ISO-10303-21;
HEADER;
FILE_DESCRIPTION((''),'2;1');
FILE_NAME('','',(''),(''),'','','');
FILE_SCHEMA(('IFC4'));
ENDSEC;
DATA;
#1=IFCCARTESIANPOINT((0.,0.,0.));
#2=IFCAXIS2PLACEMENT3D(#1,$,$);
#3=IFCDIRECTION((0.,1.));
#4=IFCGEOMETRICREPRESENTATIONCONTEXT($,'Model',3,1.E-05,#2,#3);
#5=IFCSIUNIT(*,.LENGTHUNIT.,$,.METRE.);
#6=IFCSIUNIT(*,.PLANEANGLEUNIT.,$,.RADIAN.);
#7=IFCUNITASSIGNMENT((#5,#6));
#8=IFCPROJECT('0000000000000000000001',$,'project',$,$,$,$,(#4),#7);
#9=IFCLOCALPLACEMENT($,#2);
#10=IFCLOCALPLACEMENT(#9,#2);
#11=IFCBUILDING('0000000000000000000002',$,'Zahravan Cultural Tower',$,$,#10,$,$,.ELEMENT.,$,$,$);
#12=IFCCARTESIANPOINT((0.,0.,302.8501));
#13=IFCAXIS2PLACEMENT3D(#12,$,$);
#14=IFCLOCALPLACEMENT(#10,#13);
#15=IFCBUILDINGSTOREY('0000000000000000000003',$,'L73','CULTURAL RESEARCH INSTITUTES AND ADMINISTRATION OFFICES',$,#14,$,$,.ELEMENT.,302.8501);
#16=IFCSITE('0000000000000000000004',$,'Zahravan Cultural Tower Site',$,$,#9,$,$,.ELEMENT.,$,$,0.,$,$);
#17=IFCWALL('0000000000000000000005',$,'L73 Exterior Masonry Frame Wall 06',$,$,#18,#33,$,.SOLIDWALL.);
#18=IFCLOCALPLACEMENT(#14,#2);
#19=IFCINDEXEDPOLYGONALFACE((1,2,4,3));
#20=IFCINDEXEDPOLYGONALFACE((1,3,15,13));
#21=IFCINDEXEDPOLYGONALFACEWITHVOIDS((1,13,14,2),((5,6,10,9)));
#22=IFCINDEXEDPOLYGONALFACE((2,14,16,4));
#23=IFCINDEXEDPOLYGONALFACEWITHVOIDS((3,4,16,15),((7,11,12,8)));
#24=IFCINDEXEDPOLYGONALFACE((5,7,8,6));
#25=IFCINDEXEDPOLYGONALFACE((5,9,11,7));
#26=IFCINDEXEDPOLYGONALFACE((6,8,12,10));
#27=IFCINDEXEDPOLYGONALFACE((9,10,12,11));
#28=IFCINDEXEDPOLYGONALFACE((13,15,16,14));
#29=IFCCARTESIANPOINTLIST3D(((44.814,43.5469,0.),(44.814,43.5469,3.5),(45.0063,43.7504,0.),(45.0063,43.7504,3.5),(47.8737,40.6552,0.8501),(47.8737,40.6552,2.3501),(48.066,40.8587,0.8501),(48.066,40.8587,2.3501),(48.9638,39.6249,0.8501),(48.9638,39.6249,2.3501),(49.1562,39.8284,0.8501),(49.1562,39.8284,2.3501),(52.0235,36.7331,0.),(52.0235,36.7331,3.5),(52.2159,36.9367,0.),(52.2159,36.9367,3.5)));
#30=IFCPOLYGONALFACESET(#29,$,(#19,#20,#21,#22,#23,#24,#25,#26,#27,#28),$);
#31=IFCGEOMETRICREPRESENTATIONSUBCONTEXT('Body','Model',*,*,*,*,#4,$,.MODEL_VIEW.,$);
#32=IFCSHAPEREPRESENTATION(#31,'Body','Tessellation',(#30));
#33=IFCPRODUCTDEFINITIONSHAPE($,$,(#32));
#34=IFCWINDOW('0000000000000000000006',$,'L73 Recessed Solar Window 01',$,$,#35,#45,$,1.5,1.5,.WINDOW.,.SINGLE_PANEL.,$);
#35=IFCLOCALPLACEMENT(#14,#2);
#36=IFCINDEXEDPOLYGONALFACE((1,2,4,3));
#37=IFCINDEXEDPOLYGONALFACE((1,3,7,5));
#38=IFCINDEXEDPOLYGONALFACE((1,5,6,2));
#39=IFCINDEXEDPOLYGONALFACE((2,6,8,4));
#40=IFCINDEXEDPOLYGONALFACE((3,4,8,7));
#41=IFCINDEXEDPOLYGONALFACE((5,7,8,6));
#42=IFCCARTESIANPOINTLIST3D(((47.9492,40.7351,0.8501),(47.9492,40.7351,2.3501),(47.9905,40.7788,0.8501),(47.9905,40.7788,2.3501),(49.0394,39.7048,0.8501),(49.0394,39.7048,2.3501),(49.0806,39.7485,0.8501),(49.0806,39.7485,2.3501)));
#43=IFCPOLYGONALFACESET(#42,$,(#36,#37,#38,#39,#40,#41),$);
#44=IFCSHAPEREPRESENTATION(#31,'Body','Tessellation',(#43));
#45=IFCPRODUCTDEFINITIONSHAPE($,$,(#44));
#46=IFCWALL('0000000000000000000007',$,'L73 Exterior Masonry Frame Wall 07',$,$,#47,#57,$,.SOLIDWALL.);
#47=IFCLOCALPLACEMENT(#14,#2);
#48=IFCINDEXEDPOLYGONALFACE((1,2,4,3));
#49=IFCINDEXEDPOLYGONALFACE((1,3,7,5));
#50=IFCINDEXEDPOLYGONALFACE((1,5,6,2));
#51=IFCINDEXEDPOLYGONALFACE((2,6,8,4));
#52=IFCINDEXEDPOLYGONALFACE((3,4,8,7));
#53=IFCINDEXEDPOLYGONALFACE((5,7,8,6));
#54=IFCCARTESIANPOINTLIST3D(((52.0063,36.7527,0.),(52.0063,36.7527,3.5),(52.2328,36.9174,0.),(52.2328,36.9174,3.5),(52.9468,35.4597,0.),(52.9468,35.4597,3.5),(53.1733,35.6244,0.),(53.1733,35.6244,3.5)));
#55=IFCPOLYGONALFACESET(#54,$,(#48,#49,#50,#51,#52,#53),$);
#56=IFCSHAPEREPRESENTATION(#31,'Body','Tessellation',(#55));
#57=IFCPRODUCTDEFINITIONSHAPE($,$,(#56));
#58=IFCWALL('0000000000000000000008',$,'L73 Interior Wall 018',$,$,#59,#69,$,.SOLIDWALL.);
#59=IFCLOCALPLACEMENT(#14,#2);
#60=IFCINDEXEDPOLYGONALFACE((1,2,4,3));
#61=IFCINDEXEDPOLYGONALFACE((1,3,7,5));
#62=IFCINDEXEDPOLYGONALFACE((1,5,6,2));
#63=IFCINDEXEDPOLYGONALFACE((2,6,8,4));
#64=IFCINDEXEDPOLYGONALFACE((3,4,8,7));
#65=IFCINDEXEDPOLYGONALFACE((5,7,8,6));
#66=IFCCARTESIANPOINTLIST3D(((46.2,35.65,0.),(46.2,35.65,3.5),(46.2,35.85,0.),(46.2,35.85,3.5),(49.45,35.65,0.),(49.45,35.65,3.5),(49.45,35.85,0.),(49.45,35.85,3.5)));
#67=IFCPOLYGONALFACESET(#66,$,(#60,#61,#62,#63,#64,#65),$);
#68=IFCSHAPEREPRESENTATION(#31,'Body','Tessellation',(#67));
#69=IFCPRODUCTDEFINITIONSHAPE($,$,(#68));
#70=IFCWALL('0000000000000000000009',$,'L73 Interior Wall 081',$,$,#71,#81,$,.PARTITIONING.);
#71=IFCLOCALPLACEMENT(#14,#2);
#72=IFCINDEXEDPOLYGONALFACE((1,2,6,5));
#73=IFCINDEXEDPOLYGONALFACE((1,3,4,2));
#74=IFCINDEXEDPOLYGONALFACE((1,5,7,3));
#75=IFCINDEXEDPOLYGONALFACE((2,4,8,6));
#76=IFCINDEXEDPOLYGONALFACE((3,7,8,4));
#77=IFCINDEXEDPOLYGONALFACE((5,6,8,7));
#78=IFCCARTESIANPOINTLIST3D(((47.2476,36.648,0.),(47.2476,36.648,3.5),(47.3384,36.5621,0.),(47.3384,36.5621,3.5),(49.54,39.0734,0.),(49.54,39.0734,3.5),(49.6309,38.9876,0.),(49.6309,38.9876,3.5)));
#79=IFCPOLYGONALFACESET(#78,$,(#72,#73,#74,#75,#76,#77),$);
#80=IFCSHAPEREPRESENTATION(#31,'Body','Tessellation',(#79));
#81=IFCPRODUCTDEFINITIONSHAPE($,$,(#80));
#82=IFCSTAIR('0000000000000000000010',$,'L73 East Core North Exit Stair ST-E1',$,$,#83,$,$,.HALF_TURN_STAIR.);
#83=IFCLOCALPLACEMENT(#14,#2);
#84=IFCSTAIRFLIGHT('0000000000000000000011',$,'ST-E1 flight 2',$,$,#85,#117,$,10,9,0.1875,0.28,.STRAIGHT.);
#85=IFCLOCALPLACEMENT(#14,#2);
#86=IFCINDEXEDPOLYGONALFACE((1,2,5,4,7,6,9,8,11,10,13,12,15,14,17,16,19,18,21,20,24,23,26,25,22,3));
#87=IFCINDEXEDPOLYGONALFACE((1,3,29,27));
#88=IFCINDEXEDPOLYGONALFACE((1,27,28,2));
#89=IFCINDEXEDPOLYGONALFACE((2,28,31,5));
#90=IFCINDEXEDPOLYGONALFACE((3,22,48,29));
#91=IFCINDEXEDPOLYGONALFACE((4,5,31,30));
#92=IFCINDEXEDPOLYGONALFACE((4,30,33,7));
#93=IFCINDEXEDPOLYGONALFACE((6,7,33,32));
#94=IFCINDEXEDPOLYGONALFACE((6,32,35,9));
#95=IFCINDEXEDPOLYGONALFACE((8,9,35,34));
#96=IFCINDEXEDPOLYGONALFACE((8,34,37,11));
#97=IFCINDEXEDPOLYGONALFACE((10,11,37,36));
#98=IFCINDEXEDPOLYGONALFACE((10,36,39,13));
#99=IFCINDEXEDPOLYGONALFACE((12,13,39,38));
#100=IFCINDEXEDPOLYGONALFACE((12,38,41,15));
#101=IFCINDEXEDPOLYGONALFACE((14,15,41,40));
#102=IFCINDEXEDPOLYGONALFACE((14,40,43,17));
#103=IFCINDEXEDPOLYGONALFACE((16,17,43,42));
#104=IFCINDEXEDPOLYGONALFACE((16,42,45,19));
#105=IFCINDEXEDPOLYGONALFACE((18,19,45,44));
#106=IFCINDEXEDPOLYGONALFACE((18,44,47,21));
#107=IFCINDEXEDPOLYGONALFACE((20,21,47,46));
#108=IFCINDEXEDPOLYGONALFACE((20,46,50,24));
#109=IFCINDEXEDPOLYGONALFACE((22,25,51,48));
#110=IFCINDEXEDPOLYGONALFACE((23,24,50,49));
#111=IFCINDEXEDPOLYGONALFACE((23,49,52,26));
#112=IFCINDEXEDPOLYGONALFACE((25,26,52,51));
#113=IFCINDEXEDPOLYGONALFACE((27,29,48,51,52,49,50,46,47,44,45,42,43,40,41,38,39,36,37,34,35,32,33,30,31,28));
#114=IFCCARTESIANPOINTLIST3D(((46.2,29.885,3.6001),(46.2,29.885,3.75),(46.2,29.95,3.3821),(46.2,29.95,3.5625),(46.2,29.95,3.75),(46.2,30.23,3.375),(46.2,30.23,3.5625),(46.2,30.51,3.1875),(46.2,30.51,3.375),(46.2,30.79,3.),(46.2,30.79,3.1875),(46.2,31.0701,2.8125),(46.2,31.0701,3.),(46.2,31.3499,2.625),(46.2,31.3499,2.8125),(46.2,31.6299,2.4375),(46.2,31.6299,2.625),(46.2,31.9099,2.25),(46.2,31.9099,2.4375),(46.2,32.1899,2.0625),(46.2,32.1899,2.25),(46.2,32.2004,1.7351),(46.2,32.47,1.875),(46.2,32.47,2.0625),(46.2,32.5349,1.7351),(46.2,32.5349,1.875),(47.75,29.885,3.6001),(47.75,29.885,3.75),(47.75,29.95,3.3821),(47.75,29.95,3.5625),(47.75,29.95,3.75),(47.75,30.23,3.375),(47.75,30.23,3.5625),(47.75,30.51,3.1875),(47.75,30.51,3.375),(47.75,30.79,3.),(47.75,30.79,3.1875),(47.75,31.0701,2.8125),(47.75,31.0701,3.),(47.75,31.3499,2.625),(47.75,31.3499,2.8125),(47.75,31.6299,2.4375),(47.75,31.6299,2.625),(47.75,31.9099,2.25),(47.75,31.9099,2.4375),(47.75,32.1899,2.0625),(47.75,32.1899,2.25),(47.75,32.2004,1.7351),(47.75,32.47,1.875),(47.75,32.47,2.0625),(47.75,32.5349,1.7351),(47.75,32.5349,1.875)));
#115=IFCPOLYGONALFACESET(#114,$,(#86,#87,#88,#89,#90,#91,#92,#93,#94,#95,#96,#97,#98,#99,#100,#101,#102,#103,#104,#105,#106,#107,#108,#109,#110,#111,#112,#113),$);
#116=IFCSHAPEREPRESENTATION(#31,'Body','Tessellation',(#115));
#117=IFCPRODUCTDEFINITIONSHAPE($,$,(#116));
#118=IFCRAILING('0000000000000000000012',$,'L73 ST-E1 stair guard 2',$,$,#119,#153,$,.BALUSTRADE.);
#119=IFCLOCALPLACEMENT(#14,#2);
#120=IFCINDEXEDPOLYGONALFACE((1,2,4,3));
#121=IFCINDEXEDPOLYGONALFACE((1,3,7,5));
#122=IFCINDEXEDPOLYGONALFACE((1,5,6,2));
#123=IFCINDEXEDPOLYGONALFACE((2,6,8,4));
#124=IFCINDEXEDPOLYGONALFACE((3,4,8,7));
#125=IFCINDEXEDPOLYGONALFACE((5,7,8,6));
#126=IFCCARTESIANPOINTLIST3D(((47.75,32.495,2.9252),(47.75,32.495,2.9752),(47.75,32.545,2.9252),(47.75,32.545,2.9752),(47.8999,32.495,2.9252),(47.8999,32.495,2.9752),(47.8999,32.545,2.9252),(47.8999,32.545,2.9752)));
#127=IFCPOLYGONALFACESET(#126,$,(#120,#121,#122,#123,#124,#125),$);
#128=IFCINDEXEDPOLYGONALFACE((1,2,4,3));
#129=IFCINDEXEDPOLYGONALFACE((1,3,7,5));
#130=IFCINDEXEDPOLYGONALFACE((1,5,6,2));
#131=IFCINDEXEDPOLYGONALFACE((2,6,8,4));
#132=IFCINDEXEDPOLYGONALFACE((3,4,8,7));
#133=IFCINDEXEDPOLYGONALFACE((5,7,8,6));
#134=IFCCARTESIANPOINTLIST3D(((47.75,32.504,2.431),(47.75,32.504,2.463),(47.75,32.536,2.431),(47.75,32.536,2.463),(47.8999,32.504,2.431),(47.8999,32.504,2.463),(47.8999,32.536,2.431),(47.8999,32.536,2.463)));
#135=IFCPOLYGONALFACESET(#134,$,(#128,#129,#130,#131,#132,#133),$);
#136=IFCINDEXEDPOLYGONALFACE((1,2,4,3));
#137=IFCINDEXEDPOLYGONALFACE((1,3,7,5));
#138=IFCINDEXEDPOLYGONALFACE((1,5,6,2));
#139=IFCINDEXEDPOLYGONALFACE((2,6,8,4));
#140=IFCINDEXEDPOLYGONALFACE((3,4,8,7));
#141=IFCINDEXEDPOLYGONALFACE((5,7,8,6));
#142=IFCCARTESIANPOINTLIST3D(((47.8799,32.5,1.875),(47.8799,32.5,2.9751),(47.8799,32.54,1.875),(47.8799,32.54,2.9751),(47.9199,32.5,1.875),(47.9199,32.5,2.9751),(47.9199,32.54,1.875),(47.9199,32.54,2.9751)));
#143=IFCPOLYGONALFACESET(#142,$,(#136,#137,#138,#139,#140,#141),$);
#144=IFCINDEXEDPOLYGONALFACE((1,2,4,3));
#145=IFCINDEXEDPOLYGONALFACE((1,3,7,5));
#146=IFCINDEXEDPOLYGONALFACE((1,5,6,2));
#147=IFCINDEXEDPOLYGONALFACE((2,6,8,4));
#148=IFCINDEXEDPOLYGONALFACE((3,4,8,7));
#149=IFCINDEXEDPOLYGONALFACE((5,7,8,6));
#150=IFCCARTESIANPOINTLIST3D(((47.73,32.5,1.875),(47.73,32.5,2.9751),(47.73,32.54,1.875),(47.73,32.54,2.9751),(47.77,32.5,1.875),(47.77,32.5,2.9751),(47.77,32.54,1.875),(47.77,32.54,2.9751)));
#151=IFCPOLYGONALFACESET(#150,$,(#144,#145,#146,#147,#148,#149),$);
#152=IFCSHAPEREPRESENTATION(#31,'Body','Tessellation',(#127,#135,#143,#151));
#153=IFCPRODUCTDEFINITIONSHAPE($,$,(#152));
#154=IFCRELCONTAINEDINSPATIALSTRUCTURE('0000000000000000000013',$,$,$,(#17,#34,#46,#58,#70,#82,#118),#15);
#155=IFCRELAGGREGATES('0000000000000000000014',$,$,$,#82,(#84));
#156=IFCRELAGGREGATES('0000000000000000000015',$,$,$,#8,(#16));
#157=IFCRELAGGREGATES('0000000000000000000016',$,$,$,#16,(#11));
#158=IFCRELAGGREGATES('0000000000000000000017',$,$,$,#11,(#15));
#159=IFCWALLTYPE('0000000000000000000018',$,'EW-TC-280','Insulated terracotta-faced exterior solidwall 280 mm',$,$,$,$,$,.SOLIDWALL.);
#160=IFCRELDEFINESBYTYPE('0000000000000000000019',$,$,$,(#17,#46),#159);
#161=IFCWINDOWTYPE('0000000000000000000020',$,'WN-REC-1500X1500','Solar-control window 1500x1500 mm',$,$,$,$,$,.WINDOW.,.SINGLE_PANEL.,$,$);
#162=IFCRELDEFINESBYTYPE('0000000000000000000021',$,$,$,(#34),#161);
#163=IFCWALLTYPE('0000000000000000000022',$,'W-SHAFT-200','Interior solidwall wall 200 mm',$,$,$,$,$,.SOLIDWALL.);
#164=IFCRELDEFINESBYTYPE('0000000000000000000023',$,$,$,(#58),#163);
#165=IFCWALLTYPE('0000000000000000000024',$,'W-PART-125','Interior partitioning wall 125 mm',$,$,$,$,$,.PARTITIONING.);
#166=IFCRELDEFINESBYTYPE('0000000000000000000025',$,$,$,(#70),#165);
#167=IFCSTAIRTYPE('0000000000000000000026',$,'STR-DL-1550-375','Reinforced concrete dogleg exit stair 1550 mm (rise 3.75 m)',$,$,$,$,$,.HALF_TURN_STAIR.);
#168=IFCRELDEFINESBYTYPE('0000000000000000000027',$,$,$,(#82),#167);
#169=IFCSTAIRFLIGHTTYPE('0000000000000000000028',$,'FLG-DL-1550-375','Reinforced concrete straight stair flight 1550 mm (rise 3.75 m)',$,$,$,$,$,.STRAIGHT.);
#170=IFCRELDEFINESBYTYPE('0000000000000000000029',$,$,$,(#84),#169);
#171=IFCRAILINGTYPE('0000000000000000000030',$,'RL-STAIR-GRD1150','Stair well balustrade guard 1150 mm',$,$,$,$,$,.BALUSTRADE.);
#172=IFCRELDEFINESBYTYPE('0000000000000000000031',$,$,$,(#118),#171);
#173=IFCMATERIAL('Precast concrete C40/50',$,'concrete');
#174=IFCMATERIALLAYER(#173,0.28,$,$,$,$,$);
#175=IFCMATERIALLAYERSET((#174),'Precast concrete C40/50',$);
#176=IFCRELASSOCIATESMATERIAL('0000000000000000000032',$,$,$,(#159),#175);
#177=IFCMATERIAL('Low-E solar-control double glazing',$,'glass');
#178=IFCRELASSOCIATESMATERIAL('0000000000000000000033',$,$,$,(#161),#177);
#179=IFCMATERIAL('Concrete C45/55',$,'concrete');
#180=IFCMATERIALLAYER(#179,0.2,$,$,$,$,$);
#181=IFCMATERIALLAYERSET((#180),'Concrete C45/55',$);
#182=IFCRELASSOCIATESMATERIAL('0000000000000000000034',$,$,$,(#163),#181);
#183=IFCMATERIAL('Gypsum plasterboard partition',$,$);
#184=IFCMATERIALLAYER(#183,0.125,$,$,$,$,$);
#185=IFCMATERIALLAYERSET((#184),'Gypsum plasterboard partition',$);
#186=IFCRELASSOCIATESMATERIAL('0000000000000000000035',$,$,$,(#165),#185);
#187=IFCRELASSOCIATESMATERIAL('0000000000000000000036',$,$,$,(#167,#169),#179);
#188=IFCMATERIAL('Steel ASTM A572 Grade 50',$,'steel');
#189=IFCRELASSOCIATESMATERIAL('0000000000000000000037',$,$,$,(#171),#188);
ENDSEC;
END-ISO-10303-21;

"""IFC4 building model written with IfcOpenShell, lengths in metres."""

from ifc_helpers import new_model, si_unit, direction, frame, frame_2d, origin, origin_2d, place, context, subcontext, project, spatial, polyline, rectangle, outline, extrude, source, transform, mapped, material, layer, layer_set, type_object, element, fill, aggregate, save


model = new_model("IFC4")

# Units and contexts
model_context = context("Model", 3, precision=1e-05, world=origin(), true_north=direction((0.0, 1.0)))
body_context = subcontext(model_context, "Body", "Model", "MODEL_VIEW")
ifc_project = project(units=[si_unit("LENGTHUNIT", "METRE"), si_unit("PLANEANGLEUNIT", "RADIAN")], contexts=[model_context])

# Site, building, storey
site_placement = place(None, origin())
site = spatial("IfcSite", under=ifc_project, at=site_placement, Name="Zahravan Cultural Tower Site", CompositionType="ELEMENT", RefElevation=0.0)
building_placement = place(site_placement, origin())
building = spatial("IfcBuilding", under=site, at=building_placement, Name="Zahravan Cultural Tower", CompositionType="ELEMENT")
storey_placement = place(building_placement, frame((0.0, 0.0, 302.8501)))
storey = spatial("IfcBuildingStorey", under=building, at=storey_placement, Name="L73", Description="CULTURAL RESEARCH INSTITUTES AND ADMINISTRATION OFFICES", CompositionType="ELEMENT", Elevation=302.8501)

# Shared definitions
ifc_material_1 = material(Name="Low-E solar-control double glazing", Category="glass")

# Wall, opening, window
ifc_material_2 = material(Name="Precast concrete C40/50", Category="concrete")
ifc_layer_1 = layer(ifc_material_2, 0.28)
ifc_layer_set_1 = layer_set([ifc_layer_1], Name="Precast concrete C40/50")
wall_type_1 = type_object("IfcWallType", Name="EW-TC-280", Description="Insulated terracotta-faced exterior solidwall 280 mm", PredefinedType="SOLIDWALL", material=ifc_layer_set_1)
wall_1_placement = place(storey_placement, frame((44.9102, 43.6487, 0.0), z_axis=(0.0, 0.0, 1.0), x_axis=(0.726773, -0.686878, 0.0)))
wall_1 = element("IfcWall", 1, at=wall_1_placement, inside=storey, type_object=wall_type_1, Name="L73 Exterior Masonry Frame Wall 06", PredefinedType="SOLIDWALL", context=body_context, shape_type="SweptSolid", body=[
    extrude(rectangle(XDim=9.9199, YDim=0.28, at=frame_2d((4.96, 0.0))), origin(), (0.0, 0.0, 1.0), 3.5),
])
opening_placement = place(wall_1_placement, frame((4.21, 0.0, 0.8501)))
opening = element("IfcOpeningElement", 2, at=opening_placement, cuts=wall_1, PredefinedType="OPENING", context=body_context, shape_type="SweptSolid", body=[
    extrude(rectangle(XDim=1.5, YDim=1.5, at=frame_2d((0.75, 0.75))), frame((0.0, 0.1499, 0.0), z_axis=(0.0, -1.0, 0.0), x_axis=(1.0, 0.0, 0.0)), (0.0, 0.0, 1.0), 0.3),
])
window_type = type_object("IfcWindowType", Name="WN-REC-1500X1500", Description="Solar-control window 1500x1500 mm", PartitioningType="SINGLE_PANEL", PredefinedType="WINDOW", material=ifc_material_1)
shared_shape_1 = source(origin(), body_context, "Body", "SweptSolid", [
    extrude(rectangle(XDim=1.5, YDim=1.5, at=frame_2d((0.75, 0.75))), frame((0.0, 0.03, 0.0), z_axis=(0.0, -1.0, 0.0), x_axis=(1.0, 0.0, 0.0)), (0.0, 0.0, 1.0), 0.0601),
])
window_placement = place(opening_placement, origin())
window = element("IfcWindow", 3, at=window_placement, inside=storey, type_object=window_type, Name="L73 Recessed Solar Window 01", OverallHeight=1.5, OverallWidth=1.5, PartitioningType="SINGLE_PANEL", PredefinedType="WINDOW", context=body_context, shape_type="MappedRepresentation", body=[
    mapped(shared_shape_1, transform((0.0, 0.0, 0.0), x_axis=(1.0, 0.0, 0.0), y_axis=(0.0, 1.0, 0.0), z_axis=(0.0, 0.0, 1.0), scale=1.0)),
])
fill(opening, window)

# Walls
shared_shape_2 = source(origin(), body_context, "Body", "SweptSolid", [
    extrude(rectangle(XDim=1.5989, YDim=0.28, at=frame_2d((0.7993, 0.0))), origin(), (0.0, 0.0, 1.0), 3.5),
])
wall_2_placement = place(storey_placement, frame((52.1196, 36.835, 0.0), z_axis=(0.0, 0.0, 1.0), x_axis=(0.588208, -0.80871, 0.0)))
element("IfcWall", 4, at=wall_2_placement, inside=storey, type_object=wall_type_1, Name="L73 Exterior Masonry Frame Wall 07", PredefinedType="SOLIDWALL", context=body_context, shape_type="MappedRepresentation", body=[
    mapped(shared_shape_2, transform((0.0, 0.0, 0.0), x_axis=(1.0, 0.0, 0.0), y_axis=(0.0, 1.0, 0.0), z_axis=(0.0, 0.0, 1.0), scale=1.0)),
])
ifc_material_3 = material(Name="Concrete C45/55", Category="concrete")
ifc_layer_2 = layer(ifc_material_3, 0.2)
ifc_layer_set_2 = layer_set([ifc_layer_2], Name="Concrete C45/55")
wall_type_2 = type_object("IfcWallType", Name="W-SHAFT-200", Description="Interior solidwall wall 200 mm", PredefinedType="SOLIDWALL", material=ifc_layer_set_2)
shared_shape_3 = source(origin(), body_context, "Body", "SweptSolid", [
    extrude(rectangle(XDim=3.25, YDim=0.2, at=frame_2d((1.625, 0.0))), origin(), (0.0, 0.0, 1.0), 3.5),
])
wall_3_placement = place(storey_placement, frame((46.2, 35.75, 0.0), z_axis=(0.0, 0.0, 1.0), x_axis=(1.0, 0.0, 0.0)))
element("IfcWall", 5, at=wall_3_placement, inside=storey, type_object=wall_type_2, Name="L73 Interior Wall 018", PredefinedType="SOLIDWALL", context=body_context, shape_type="MappedRepresentation", body=[
    mapped(shared_shape_3, transform((0.0, 0.0, 0.0), x_axis=(1.0, 0.0, 0.0), y_axis=(0.0, 1.0, 0.0), z_axis=(0.0, 0.0, 1.0), scale=1.0)),
])
ifc_material_4 = material(Name="Gypsum plasterboard partition")
ifc_layer_3 = layer(ifc_material_4, 0.125)
ifc_layer_set_3 = layer_set([ifc_layer_3], Name="Gypsum plasterboard partition")
wall_type_3 = type_object("IfcWallType", Name="W-PART-125", Description="Interior partitioning wall 125 mm", PredefinedType="PARTITIONING", material=ifc_layer_set_3)
shared_shape_4 = source(origin(), body_context, "Body", "SweptSolid", [
    extrude(rectangle(XDim=3.3374, YDim=0.125, at=frame_2d((1.6687, 0.0))), origin(), (0.0, 0.0, 1.0), 3.5),
])
wall_4_placement = place(storey_placement, frame((49.5854, 39.0305, 0.0), z_axis=(0.0, 0.0, 1.0), x_axis=(-0.686892, -0.72676, 0.0)))
element("IfcWall", 6, at=wall_4_placement, inside=storey, type_object=wall_type_3, Name="L73 Interior Wall 081", PredefinedType="PARTITIONING", context=body_context, shape_type="MappedRepresentation", body=[
    mapped(shared_shape_4, transform((0.0, 0.0, 0.0), x_axis=(1.0, 0.0, 0.0), y_axis=(0.0, 1.0, 0.0), z_axis=(0.0, 0.0, 1.0), scale=1.0)),
])

# Stair, stair flight
stair_type = type_object("IfcStairType", Name="STR-DL-1550-375", Description="Reinforced concrete dogleg exit stair 1550 mm (rise 3.75 m)", PredefinedType="HALF_TURN_STAIR", material=ifc_material_3)
stair_placement = place(storey_placement, origin())
stair = element("IfcStair", 7, at=stair_placement, inside=storey, type_object=stair_type, Name="L73 East Core North Exit Stair ST-E1", PredefinedType="HALF_TURN_STAIR")
stair_flight_type = type_object("IfcStairFlightType", Name="FLG-DL-1550-375", Description="Reinforced concrete straight stair flight 1550 mm (rise 3.75 m)", PredefinedType="STRAIGHT", material=ifc_material_3)
stair_flight_placement = place(storey_placement, frame((46.9751, 32.47, 1.875), z_axis=(0.0, 0.0, 1.0), x_axis=(0.0, -1.0, 0.0)))
stair_flight = element("IfcStairFlight", 8, at=stair_flight_placement, type_object=stair_flight_type, Name="ST-E1 flight 2", NumberOfRisers=10, NumberOfTreads=9, PredefinedType="STRAIGHT", RiserHeight=0.1875, TreadLength=0.28, context=body_context, shape_type="SweptSolid", body=[
    extrude(outline(polyline([(-0.0649, -0.1399), (-0.0649, 0.0), (0.0, 0.0), (0.0, 0.1875), (0.28, 0.1875), (0.28, 0.375), (0.5601, 0.375), (0.5601, 0.5625), (0.8401, 0.5625), (0.8401, 0.75), (1.1201, 0.75), (1.1201, 0.9375), (1.3999, 0.9375), (1.3999, 1.125), (1.6799, 1.125), (1.6799, 1.3125), (1.96, 1.3125), (1.96, 1.5), (2.24, 1.5), (2.24, 1.6875), (2.52, 1.6875), (2.52, 1.875), (2.585, 1.875), (2.585, 1.7251), (2.52, 1.5071), (0.2695, -0.1399), (-0.0649, -0.1399)])), frame((0.0, 0.7749, 0.0), z_axis=(0.0, -1.0, 0.0), x_axis=(1.0, 0.0, 0.0)), (0.0, 0.0, 1.0), 1.55),
])
aggregate(stair, [stair_flight])

# Railing
ifc_material_5 = material(Name="Steel ASTM A572 Grade 50", Category="steel")
railing_type = type_object("IfcRailingType", Name="RL-STAIR-GRD1150", Description="Stair well balustrade guard 1150 mm", PredefinedType="BALUSTRADE", material=ifc_material_5)
railing_1_placement = place(storey_placement, frame((47.8999, 32.52, 1.875)))
element("IfcRailing", 9, at=railing_1_placement, inside=storey, type_object=railing_type, Name="L73 ST-E1 stair guard 2", PredefinedType="BALUSTRADE", context=body_context, shape_type="SweptSolid", body=[
    extrude(rectangle(XDim=0.05, YDim=0.05, at=origin_2d()), frame((0.0, 0.0, 1.0752), z_axis=(-1.0, 0.0, 0.0), x_axis=(0.0, -1.0, 0.0)), (0.0, 0.0, 1.0), 0.1499),
    extrude(rectangle(XDim=0.032, YDim=0.032, at=origin_2d()), frame((0.0, 0.0, 0.572), z_axis=(-1.0, 0.0, 0.0), x_axis=(0.0, -1.0, 0.0)), (0.0, 0.0, 1.0), 0.1499),
    extrude(rectangle(XDim=0.04, YDim=0.04, at=origin_2d()), origin(), (0.0, 0.0, 1.0), 1.1001),
    extrude(rectangle(XDim=0.04, YDim=0.04, at=origin_2d()), frame((-0.1499, 0.0, 0.0)), (0.0, 0.0, 1.0), 1.1001),
])

save(model, "model.ifc")
